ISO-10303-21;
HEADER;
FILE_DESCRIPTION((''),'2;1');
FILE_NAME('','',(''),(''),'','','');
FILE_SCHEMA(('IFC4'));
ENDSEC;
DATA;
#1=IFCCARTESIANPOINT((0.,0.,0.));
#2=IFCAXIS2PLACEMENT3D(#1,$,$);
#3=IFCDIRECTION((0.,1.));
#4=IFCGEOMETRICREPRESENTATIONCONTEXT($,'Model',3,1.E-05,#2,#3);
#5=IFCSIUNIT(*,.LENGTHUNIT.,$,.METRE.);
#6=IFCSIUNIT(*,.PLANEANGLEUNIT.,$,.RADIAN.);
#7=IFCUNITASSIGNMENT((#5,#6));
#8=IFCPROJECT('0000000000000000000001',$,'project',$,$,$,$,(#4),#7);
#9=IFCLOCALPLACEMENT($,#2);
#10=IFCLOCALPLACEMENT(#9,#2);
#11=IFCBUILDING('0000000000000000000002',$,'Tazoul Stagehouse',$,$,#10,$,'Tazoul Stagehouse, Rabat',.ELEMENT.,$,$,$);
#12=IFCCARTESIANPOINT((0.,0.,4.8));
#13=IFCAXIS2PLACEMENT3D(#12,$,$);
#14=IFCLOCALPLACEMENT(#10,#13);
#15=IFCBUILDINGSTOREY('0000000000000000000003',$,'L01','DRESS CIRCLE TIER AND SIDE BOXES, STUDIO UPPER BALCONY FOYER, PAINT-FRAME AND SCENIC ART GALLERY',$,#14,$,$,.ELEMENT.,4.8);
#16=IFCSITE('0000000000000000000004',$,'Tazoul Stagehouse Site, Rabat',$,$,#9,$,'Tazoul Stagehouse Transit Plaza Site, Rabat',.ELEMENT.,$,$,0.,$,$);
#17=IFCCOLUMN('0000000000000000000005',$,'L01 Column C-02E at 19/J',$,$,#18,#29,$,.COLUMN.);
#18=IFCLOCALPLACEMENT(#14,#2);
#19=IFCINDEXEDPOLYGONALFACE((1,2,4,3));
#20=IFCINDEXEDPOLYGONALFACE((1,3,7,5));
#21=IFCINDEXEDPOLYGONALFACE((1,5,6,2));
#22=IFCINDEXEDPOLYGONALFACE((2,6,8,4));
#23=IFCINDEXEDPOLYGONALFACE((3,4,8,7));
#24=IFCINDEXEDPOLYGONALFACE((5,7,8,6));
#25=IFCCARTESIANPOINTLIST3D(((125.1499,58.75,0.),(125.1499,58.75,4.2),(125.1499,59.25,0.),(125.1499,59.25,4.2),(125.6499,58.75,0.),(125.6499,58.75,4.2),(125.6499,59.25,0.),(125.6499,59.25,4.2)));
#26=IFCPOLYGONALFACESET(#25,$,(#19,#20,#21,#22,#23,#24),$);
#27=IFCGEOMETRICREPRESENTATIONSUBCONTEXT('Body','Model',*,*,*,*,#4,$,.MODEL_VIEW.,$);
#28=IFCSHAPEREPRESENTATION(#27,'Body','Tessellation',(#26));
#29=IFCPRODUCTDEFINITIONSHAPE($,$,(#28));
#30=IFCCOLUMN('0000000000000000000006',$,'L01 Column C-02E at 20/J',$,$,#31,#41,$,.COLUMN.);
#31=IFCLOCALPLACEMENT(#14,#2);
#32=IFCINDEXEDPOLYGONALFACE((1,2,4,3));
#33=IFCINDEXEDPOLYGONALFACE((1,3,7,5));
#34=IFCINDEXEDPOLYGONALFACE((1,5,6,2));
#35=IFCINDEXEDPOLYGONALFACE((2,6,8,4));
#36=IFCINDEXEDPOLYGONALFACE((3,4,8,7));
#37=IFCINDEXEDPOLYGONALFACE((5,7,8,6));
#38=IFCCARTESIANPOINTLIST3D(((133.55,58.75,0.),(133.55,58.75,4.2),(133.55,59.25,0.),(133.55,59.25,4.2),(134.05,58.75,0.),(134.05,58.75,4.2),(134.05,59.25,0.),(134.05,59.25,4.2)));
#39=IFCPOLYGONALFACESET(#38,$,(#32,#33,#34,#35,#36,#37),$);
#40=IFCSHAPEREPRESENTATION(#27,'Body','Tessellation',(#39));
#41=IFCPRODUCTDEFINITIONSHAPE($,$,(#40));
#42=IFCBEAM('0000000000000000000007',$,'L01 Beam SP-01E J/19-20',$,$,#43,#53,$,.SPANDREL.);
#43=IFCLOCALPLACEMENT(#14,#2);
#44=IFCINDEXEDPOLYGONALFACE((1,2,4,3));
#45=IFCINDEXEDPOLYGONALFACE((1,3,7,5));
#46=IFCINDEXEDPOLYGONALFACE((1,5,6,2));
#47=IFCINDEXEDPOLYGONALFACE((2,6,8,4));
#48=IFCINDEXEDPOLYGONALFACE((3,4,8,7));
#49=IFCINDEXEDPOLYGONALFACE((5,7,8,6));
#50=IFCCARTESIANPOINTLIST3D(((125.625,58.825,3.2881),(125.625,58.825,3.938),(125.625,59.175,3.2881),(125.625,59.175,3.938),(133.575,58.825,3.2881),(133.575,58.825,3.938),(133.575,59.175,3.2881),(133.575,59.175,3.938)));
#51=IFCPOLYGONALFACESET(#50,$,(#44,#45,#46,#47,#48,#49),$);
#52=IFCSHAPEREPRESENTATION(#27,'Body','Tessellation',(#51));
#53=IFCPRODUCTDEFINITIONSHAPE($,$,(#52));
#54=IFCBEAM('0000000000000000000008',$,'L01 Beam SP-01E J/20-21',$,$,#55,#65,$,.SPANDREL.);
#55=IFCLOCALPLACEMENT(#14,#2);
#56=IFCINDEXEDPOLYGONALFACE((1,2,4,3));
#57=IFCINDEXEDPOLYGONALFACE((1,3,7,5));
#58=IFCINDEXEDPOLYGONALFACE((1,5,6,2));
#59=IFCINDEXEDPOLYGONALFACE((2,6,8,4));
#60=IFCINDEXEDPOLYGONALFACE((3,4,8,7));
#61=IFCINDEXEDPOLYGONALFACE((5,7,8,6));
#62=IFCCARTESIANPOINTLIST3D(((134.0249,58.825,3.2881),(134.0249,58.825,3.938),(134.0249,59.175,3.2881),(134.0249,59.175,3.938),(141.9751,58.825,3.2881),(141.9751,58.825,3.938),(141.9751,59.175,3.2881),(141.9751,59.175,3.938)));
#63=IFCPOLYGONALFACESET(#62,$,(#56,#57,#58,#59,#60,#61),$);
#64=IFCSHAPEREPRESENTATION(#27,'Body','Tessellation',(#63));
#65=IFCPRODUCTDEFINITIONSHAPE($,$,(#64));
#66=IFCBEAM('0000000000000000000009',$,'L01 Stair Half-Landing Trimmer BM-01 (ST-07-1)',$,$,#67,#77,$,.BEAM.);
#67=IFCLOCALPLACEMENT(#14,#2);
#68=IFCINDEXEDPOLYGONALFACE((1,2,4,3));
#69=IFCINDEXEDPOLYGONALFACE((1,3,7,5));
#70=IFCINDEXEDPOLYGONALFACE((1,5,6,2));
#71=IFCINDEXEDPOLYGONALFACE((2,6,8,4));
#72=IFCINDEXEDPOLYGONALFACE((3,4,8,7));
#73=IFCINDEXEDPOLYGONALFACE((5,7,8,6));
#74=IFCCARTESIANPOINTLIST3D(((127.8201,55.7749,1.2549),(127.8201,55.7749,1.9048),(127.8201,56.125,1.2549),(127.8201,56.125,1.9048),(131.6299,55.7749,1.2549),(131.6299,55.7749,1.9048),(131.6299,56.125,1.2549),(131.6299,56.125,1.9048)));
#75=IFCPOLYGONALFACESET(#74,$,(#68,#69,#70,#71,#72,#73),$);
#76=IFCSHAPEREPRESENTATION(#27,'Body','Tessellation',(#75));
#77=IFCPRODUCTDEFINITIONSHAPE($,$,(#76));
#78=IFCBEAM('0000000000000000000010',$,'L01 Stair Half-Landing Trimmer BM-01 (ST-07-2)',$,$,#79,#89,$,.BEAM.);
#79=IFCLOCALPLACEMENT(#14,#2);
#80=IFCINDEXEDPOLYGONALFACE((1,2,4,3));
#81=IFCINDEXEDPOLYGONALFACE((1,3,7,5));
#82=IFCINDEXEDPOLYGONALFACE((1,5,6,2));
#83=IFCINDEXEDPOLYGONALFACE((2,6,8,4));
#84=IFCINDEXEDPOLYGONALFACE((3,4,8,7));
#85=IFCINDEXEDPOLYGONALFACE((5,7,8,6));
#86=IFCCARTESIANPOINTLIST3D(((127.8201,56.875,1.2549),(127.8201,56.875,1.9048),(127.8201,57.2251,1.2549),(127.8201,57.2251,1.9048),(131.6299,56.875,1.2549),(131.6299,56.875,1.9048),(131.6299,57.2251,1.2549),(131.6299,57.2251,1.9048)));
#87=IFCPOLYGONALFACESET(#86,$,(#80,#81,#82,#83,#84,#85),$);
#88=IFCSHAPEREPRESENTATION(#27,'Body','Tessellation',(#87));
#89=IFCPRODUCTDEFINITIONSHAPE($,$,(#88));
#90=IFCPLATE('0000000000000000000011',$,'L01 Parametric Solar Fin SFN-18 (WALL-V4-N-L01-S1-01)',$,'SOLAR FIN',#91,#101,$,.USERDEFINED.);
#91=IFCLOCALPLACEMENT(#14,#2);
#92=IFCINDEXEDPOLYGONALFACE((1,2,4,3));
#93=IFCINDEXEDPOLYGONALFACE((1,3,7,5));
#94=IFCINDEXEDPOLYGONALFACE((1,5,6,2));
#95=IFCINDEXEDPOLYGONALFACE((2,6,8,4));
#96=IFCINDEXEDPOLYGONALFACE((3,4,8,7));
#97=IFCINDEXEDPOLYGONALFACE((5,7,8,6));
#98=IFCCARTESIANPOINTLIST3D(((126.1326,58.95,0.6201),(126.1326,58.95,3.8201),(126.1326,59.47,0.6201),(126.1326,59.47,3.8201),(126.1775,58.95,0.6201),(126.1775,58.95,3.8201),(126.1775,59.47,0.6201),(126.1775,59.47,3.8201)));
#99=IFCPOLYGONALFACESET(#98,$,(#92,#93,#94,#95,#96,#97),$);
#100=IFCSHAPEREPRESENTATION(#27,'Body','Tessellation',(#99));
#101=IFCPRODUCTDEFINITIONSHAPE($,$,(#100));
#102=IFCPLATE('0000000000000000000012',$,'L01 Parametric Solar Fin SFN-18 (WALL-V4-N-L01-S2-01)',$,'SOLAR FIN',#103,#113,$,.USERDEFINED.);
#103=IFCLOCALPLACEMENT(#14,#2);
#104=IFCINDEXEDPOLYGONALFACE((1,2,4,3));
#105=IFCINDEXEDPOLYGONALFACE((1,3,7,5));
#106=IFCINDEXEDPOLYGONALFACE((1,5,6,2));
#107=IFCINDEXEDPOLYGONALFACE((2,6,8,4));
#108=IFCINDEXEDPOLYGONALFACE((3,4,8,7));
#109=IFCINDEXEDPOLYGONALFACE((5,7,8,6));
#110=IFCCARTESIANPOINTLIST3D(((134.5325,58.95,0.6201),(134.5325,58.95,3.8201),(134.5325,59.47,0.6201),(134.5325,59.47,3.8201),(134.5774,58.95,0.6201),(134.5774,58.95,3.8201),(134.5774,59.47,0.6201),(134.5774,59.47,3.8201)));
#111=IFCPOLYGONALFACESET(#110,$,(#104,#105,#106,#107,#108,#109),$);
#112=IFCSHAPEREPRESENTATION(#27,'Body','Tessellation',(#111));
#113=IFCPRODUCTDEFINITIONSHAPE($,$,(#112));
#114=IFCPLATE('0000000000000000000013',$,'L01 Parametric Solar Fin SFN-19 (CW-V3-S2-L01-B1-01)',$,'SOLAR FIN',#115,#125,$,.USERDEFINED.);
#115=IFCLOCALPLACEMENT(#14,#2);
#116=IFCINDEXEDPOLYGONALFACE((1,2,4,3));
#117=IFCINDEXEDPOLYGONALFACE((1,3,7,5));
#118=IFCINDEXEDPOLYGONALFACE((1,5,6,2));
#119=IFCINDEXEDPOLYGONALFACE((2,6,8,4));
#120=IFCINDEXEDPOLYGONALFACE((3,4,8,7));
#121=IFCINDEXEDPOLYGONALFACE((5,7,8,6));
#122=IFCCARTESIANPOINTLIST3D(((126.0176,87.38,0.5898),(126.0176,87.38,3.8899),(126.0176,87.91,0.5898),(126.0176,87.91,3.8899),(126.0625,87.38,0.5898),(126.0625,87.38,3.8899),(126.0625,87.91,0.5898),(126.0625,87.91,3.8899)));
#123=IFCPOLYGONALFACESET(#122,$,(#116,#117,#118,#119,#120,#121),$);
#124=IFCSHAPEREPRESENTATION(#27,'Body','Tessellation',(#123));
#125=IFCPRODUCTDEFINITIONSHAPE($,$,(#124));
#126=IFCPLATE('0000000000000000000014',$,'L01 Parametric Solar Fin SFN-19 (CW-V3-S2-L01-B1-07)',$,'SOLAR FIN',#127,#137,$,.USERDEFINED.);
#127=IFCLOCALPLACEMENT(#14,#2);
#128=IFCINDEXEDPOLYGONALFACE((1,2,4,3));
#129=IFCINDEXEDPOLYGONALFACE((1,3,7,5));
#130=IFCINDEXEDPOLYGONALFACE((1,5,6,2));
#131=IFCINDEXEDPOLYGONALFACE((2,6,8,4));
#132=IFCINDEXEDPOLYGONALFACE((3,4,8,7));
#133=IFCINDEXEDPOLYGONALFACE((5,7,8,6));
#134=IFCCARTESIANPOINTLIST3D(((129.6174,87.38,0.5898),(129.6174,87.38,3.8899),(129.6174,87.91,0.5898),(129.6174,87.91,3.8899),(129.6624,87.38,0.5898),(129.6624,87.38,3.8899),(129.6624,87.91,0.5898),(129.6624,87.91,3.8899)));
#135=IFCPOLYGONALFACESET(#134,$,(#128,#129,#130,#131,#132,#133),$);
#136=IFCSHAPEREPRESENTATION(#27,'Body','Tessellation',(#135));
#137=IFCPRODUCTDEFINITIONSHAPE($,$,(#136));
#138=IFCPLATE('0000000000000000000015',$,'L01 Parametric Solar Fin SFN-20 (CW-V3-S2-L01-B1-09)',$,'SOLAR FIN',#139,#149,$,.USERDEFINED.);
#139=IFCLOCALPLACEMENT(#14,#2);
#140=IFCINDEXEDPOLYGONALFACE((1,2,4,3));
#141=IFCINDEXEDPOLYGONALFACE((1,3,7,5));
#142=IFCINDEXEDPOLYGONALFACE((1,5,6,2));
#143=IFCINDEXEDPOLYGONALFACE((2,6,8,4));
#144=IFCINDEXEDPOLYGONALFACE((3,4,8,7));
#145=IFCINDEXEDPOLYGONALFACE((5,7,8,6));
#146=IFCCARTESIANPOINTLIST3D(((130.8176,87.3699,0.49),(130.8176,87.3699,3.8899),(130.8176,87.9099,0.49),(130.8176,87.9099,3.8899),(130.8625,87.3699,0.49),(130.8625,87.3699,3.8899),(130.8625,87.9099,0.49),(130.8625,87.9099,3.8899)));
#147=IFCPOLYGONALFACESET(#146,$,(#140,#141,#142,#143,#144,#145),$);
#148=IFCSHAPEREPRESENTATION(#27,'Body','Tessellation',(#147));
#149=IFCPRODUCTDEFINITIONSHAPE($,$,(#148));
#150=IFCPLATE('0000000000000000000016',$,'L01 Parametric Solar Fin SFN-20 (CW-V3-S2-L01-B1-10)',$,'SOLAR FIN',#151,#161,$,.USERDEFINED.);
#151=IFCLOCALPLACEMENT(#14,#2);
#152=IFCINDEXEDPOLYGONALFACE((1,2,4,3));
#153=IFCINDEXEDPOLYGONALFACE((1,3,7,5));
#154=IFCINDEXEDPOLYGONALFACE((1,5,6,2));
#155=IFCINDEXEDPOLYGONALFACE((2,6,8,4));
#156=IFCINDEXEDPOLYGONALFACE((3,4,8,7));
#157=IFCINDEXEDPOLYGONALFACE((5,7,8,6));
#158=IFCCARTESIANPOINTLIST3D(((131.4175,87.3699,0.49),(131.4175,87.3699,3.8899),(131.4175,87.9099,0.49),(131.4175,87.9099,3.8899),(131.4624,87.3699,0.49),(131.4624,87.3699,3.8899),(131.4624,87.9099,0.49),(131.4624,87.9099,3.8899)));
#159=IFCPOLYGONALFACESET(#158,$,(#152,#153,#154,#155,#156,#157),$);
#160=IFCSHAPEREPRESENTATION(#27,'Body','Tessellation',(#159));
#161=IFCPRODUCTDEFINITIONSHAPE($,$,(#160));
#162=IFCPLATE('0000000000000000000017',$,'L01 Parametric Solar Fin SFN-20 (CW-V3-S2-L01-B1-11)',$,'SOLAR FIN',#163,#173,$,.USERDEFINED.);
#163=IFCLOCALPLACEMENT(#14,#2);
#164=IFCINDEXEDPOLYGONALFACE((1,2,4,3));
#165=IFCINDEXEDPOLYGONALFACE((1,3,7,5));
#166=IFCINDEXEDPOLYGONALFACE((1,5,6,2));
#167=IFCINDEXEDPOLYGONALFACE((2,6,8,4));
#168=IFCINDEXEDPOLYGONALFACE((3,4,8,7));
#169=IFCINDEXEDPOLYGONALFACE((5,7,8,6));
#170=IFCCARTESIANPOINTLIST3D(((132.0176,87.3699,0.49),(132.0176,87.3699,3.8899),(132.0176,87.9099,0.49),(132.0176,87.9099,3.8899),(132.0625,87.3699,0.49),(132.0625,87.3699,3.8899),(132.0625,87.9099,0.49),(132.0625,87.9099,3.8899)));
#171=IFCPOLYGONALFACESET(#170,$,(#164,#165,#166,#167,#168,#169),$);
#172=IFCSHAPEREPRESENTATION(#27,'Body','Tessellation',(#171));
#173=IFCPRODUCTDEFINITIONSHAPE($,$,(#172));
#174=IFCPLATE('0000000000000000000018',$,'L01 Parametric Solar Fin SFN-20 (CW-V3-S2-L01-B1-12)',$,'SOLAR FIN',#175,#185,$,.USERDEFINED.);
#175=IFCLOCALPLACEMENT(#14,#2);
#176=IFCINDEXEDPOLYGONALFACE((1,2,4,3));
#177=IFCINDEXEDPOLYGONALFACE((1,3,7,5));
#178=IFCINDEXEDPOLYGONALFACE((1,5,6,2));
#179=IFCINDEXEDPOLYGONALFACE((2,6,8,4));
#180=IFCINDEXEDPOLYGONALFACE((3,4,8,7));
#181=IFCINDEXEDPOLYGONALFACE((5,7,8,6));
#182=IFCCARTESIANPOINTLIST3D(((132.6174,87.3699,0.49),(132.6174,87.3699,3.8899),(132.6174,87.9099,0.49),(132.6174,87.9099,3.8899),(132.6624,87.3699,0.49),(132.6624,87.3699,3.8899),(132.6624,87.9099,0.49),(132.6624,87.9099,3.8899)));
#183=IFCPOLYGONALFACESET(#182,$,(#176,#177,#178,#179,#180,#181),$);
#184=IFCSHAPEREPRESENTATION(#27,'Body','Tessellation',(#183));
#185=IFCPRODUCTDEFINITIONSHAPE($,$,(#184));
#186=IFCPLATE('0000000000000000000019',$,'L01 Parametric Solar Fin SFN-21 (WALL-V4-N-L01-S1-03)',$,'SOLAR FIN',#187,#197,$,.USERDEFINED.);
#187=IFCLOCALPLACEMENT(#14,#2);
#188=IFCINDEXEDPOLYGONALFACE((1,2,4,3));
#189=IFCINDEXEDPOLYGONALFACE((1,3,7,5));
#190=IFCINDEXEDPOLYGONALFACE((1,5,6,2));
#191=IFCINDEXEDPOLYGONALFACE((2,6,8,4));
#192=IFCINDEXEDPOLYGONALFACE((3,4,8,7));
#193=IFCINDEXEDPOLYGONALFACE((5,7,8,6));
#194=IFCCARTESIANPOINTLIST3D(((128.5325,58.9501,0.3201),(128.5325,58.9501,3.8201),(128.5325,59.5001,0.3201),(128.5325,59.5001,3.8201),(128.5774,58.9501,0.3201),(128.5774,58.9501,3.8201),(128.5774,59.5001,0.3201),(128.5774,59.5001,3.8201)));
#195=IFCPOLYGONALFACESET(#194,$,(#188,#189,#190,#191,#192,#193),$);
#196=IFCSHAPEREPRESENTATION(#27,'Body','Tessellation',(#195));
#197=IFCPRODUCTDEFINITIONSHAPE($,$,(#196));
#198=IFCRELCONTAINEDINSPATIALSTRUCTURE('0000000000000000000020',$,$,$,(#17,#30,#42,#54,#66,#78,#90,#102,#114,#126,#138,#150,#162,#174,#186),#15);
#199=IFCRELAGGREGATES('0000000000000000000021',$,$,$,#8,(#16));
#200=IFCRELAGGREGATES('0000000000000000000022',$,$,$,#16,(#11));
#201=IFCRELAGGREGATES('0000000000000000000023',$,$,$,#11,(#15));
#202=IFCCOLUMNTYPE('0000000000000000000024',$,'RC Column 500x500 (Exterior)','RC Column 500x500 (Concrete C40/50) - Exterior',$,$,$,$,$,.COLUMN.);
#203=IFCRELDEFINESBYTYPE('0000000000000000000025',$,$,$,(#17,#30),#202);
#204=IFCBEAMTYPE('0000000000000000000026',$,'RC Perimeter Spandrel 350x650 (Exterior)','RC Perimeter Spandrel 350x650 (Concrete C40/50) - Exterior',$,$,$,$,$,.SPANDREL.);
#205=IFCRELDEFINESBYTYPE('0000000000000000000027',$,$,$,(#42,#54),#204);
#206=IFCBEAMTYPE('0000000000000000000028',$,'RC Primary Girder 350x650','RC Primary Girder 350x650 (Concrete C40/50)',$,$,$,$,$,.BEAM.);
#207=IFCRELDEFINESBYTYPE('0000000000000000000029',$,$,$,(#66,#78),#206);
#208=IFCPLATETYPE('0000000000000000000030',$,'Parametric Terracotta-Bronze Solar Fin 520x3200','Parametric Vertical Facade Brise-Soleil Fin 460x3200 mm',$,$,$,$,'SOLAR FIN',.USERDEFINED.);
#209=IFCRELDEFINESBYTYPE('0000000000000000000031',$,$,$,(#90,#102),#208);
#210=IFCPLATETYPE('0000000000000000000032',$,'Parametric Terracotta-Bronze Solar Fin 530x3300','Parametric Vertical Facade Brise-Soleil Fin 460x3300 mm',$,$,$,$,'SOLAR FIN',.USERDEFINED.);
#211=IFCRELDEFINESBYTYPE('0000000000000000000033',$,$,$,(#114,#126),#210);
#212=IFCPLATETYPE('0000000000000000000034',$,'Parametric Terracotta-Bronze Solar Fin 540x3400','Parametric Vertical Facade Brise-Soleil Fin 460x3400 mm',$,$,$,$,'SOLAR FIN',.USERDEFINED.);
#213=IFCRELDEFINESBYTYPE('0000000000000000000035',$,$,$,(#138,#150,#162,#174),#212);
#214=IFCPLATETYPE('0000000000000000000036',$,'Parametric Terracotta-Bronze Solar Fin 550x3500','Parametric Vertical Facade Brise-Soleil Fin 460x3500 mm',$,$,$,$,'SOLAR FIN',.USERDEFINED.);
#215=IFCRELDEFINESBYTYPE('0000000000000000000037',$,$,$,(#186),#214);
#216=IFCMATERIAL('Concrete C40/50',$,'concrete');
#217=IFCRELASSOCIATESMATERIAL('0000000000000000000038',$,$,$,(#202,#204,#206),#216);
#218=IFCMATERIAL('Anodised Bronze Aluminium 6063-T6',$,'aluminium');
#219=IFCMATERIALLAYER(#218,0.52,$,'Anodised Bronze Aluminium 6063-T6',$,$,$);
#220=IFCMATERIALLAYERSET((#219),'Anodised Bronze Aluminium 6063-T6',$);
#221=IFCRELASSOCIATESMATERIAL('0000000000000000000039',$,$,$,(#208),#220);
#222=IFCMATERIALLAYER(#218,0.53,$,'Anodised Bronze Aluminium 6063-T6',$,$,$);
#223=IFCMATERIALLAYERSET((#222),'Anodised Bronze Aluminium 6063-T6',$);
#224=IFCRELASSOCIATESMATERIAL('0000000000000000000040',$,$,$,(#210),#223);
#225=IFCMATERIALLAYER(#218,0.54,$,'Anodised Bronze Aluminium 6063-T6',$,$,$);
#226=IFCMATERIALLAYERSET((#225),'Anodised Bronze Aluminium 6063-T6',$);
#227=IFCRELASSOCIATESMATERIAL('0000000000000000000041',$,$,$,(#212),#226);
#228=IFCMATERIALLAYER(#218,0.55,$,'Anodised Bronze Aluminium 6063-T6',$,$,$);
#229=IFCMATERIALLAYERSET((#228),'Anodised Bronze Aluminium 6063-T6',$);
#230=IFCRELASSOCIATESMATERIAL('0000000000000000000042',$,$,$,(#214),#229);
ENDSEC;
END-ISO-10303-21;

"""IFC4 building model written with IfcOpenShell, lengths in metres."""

from ifc_helpers import new_model, si_unit, direction, frame, origin, origin_2d, place, context, subcontext, project, spatial, rectangle, extrude, material, layer, layer_set, material_profile, profile_set, type_object, element, save


model = new_model("IFC4")

# Units and contexts
model_context = context("Model", 3, precision=1e-05, world=origin(), true_north=direction((0.0, 1.0)))
body_context = subcontext(model_context, "Body", "Model", "MODEL_VIEW")
ifc_project = project(units=[si_unit("LENGTHUNIT", "METRE"), si_unit("PLANEANGLEUNIT", "RADIAN")], contexts=[model_context])

# Site, building, storey
site_placement = place(None, origin())
site = spatial("IfcSite", under=ifc_project, at=site_placement, Name="Tazoul Stagehouse Site, Rabat", LongName="Tazoul Stagehouse Transit Plaza Site, Rabat", CompositionType="ELEMENT", RefElevation=0.0)
building_placement = place(site_placement, origin())
building = spatial("IfcBuilding", under=site, at=building_placement, Name="Tazoul Stagehouse", LongName="Tazoul Stagehouse, Rabat", CompositionType="ELEMENT")
storey_placement = place(building_placement, frame((0.0, 0.0, 4.8)))
storey = spatial("IfcBuildingStorey", under=building, at=storey_placement, Name="L01", Description="DRESS CIRCLE TIER AND SIDE BOXES, STUDIO UPPER BALCONY FOYER, PAINT-FRAME AND SCENIC ART GALLERY", CompositionType="ELEMENT", Elevation=4.8)

# Columns
ifc_material_1 = material(Name="Concrete C40/50", Category="concrete")
ifc_material_profile_1 = material_profile(ifc_material_1, rectangle(XDim=0.5, YDim=0.5, at=origin_2d()), Name="RC 500x500")
ifc_profile_set_1 = profile_set([ifc_material_profile_1], Name="Concrete C40/50")
column_type = type_object("IfcColumnType", Name="RC Column 500x500 (Exterior)", Description="RC Column 500x500 (Concrete C40/50) - Exterior", PredefinedType="COLUMN", material=ifc_profile_set_1)
for number, where, z_axis, x_axis, name in (
    (1, (125.3999, 59.0, 0.0), (0.0, 0.0, 1.0), (1.0, 0.0, 0.0), "L01 Column C-02E at 19/J"),
    (2, (133.8, 59.0, 0.0), (0.0, 0.0, 1.0), (1.0, 0.0, 0.0), "L01 Column C-02E at 20/J"),
):
    element("IfcColumn", number, at=place(storey_placement, frame(where, z_axis=z_axis, x_axis=x_axis)), inside=storey, type_object=column_type, Name=name, PredefinedType="COLUMN", context=body_context, shape_type="SweptSolid", body=[
        extrude(rectangle(XDim=0.5, YDim=0.5, at=origin_2d()), origin(), (0.0, 0.0, 1.0), 4.2),
    ])

# Beams
ifc_material_profile_2 = material_profile(ifc_material_1, rectangle(XDim=0.3501, YDim=0.6499, at=origin_2d()), Name="RC 350x650")
ifc_profile_set_2 = profile_set([ifc_material_profile_2], Name="Concrete C40/50")
beam_type_1 = type_object("IfcBeamType", Name="RC Perimeter Spandrel 350x650 (Exterior)", Description="RC Perimeter Spandrel 350x650 (Concrete C40/50) - Exterior", PredefinedType="SPANDREL", material=ifc_profile_set_2)
beam_1_placement = place(storey_placement, frame((125.625, 59.0, 3.613), z_axis=(1.0, 0.0, 0.0), x_axis=(0.0, 1.0, 0.0)))
element("IfcBeam", 3, at=beam_1_placement, inside=storey, type_object=beam_type_1, Name="L01 Beam SP-01E J/19-20", PredefinedType="SPANDREL", context=body_context, shape_type="SweptSolid", body=[
    extrude(rectangle(XDim=0.3501, YDim=0.6499, at=origin_2d()), origin(), (0.0, 0.0, 1.0), 7.95),
])
beam_2_placement = place(storey_placement, frame((134.0249, 59.0, 3.613), z_axis=(1.0, 0.0, 0.0), x_axis=(0.0, 1.0, 0.0)))
element("IfcBeam", 4, at=beam_2_placement, inside=storey, type_object=beam_type_1, Name="L01 Beam SP-01E J/20-21", PredefinedType="SPANDREL", context=body_context, shape_type="SweptSolid", body=[
    extrude(rectangle(XDim=0.3501, YDim=0.6499, at=origin_2d()), origin(), (0.0, 0.0, 1.0), 7.9502),
])
ifc_material_profile_3 = material_profile(ifc_material_1, rectangle(XDim=0.3501, YDim=0.6499, at=origin_2d()), Name="RC 350x650")
ifc_profile_set_3 = profile_set([ifc_material_profile_3], Name="Concrete C40/50")
beam_type_2 = type_object("IfcBeamType", Name="RC Primary Girder 350x650", Description="RC Primary Girder 350x650 (Concrete C40/50)", PredefinedType="BEAM", material=ifc_profile_set_3)
for number, where, z_axis, x_axis, name in (
    (5, (127.8201, 55.95, 1.5798), (1.0, 0.0, 0.0), (0.0, 1.0, 0.0), "L01 Stair Half-Landing Trimmer BM-01 (ST-07-1)"),
    (6, (127.8201, 57.05, 1.5798), (1.0, 0.0, 0.0), (0.0, 1.0, 0.0), "L01 Stair Half-Landing Trimmer BM-01 (ST-07-2)"),
):
    element("IfcBeam", number, at=place(storey_placement, frame(where, z_axis=z_axis, x_axis=x_axis)), inside=storey, type_object=beam_type_2, Name=name, PredefinedType="BEAM", context=body_context, shape_type="SweptSolid", body=[
        extrude(rectangle(XDim=0.3501, YDim=0.6499, at=origin_2d()), origin(), (0.0, 0.0, 1.0), 3.8098),
    ])

# Plates
ifc_material_2 = material(Name="Anodised Bronze Aluminium 6063-T6", Category="aluminium")
ifc_layer_1 = layer(ifc_material_2, 0.52, Name="Anodised Bronze Aluminium 6063-T6")
ifc_layer_set_1 = layer_set([ifc_layer_1], Name="Anodised Bronze Aluminium 6063-T6")
plate_type_1 = type_object("IfcPlateType", Name="Parametric Terracotta-Bronze Solar Fin 520x3200", Description="Parametric Vertical Facade Brise-Soleil Fin 460x3200 mm", ElementType="SOLAR FIN", PredefinedType="USERDEFINED", material=ifc_layer_set_1)
for number, where, z_axis, x_axis, name in (
    (7, (126.155, 59.21, 0.6201), (0.0, 0.0, 1.0), (1.0, 0.0, 0.0), "L01 Parametric Solar Fin SFN-18 (WALL-V4-N-L01-S1-01)"),
    (8, (134.5549, 59.21, 0.6201), (0.0, 0.0, 1.0), (1.0, 0.0, 0.0), "L01 Parametric Solar Fin SFN-18 (WALL-V4-N-L01-S2-01)"),
):
    element("IfcPlate", number, at=place(storey_placement, frame(where, z_axis=z_axis, x_axis=x_axis)), inside=storey, type_object=plate_type_1, Name=name, ObjectType="SOLAR FIN", PredefinedType="USERDEFINED", context=body_context, shape_type="SweptSolid", body=[
        extrude(rectangle(XDim=0.0449, YDim=0.52, at=origin_2d()), origin(), (0.0, 0.0, 1.0), 3.2),
    ])
ifc_layer_2 = layer(ifc_material_2, 0.53, Name="Anodised Bronze Aluminium 6063-T6")
ifc_layer_set_2 = layer_set([ifc_layer_2], Name="Anodised Bronze Aluminium 6063-T6")
plate_type_2 = type_object("IfcPlateType", Name="Parametric Terracotta-Bronze Solar Fin 530x3300", Description="Parametric Vertical Facade Brise-Soleil Fin 460x3300 mm", ElementType="SOLAR FIN", PredefinedType="USERDEFINED", material=ifc_layer_set_2)
for number, where, z_axis, x_axis, name in (
    (9, (126.04, 87.645, 0.5898), (0.0, 0.0, 1.0), (1.0, 0.0, 0.0), "L01 Parametric Solar Fin SFN-19 (CW-V3-S2-L01-B1-01)"),
    (10, (129.6399, 87.645, 0.5898), (0.0, 0.0, 1.0), (1.0, 0.0, 0.0), "L01 Parametric Solar Fin SFN-19 (CW-V3-S2-L01-B1-07)"),
):
    element("IfcPlate", number, at=place(storey_placement, frame(where, z_axis=z_axis, x_axis=x_axis)), inside=storey, type_object=plate_type_2, Name=name, ObjectType="SOLAR FIN", PredefinedType="USERDEFINED", context=body_context, shape_type="SweptSolid", body=[
        extrude(rectangle(XDim=0.0449, YDim=0.53, at=origin_2d()), origin(), (0.0, 0.0, 1.0), 3.3),
    ])
ifc_layer_3 = layer(ifc_material_2, 0.54, Name="Anodised Bronze Aluminium 6063-T6")
ifc_layer_set_3 = layer_set([ifc_layer_3], Name="Anodised Bronze Aluminium 6063-T6")
plate_type_3 = type_object("IfcPlateType", Name="Parametric Terracotta-Bronze Solar Fin 540x3400", Description="Parametric Vertical Facade Brise-Soleil Fin 460x3400 mm", ElementType="SOLAR FIN", PredefinedType="USERDEFINED", material=ifc_layer_set_3)
for number, where, z_axis, x_axis, name in (
    (11, (130.8401, 87.6399, 0.49), (0.0, 0.0, 1.0), (1.0, 0.0, 0.0), "L01 Parametric Solar Fin SFN-20 (CW-V3-S2-L01-B1-09)"),
    (12, (131.4399, 87.6399, 0.49), (0.0, 0.0, 1.0), (1.0, 0.0, 0.0), "L01 Parametric Solar Fin SFN-20 (CW-V3-S2-L01-B1-10)"),
    (13, (132.04, 87.6399, 0.49), (0.0, 0.0, 1.0), (1.0, 0.0, 0.0), "L01 Parametric Solar Fin SFN-20 (CW-V3-S2-L01-B1-11)"),
    (14, (132.6399, 87.6399, 0.49), (0.0, 0.0, 1.0), (1.0, 0.0, 0.0), "L01 Parametric Solar Fin SFN-20 (CW-V3-S2-L01-B1-12)"),
):
    element("IfcPlate", number, at=place(storey_placement, frame(where, z_axis=z_axis, x_axis=x_axis)), inside=storey, type_object=plate_type_3, Name=name, ObjectType="SOLAR FIN", PredefinedType="USERDEFINED", context=body_context, shape_type="SweptSolid", body=[
        extrude(rectangle(XDim=0.0449, YDim=0.54, at=origin_2d()), origin(), (0.0, 0.0, 1.0), 3.3999),
    ])
ifc_layer_4 = layer(ifc_material_2, 0.55, Name="Anodised Bronze Aluminium 6063-T6")
ifc_layer_set_4 = layer_set([ifc_layer_4], Name="Anodised Bronze Aluminium 6063-T6")
plate_type_4 = type_object("IfcPlateType", Name="Parametric Terracotta-Bronze Solar Fin 550x3500", Description="Parametric Vertical Facade Brise-Soleil Fin 460x3500 mm", ElementType="SOLAR FIN", PredefinedType="USERDEFINED", material=ifc_layer_set_4)
for number, where, z_axis, x_axis, name in (
    (15, (128.5549, 59.2251, 0.3201), (0.0, 0.0, 1.0), (1.0, 0.0, 0.0), "L01 Parametric Solar Fin SFN-21 (WALL-V4-N-L01-S1-03)"),
):
    element("IfcPlate", number, at=place(storey_placement, frame(where, z_axis=z_axis, x_axis=x_axis)), inside=storey, type_object=plate_type_4, Name=name, ObjectType="SOLAR FIN", PredefinedType="USERDEFINED", context=body_context, shape_type="SweptSolid", body=[
        extrude(rectangle(XDim=0.0449, YDim=0.55, at=origin_2d()), origin(), (0.0, 0.0, 1.0), 3.5),
    ])

save(model, "model.ifc")
